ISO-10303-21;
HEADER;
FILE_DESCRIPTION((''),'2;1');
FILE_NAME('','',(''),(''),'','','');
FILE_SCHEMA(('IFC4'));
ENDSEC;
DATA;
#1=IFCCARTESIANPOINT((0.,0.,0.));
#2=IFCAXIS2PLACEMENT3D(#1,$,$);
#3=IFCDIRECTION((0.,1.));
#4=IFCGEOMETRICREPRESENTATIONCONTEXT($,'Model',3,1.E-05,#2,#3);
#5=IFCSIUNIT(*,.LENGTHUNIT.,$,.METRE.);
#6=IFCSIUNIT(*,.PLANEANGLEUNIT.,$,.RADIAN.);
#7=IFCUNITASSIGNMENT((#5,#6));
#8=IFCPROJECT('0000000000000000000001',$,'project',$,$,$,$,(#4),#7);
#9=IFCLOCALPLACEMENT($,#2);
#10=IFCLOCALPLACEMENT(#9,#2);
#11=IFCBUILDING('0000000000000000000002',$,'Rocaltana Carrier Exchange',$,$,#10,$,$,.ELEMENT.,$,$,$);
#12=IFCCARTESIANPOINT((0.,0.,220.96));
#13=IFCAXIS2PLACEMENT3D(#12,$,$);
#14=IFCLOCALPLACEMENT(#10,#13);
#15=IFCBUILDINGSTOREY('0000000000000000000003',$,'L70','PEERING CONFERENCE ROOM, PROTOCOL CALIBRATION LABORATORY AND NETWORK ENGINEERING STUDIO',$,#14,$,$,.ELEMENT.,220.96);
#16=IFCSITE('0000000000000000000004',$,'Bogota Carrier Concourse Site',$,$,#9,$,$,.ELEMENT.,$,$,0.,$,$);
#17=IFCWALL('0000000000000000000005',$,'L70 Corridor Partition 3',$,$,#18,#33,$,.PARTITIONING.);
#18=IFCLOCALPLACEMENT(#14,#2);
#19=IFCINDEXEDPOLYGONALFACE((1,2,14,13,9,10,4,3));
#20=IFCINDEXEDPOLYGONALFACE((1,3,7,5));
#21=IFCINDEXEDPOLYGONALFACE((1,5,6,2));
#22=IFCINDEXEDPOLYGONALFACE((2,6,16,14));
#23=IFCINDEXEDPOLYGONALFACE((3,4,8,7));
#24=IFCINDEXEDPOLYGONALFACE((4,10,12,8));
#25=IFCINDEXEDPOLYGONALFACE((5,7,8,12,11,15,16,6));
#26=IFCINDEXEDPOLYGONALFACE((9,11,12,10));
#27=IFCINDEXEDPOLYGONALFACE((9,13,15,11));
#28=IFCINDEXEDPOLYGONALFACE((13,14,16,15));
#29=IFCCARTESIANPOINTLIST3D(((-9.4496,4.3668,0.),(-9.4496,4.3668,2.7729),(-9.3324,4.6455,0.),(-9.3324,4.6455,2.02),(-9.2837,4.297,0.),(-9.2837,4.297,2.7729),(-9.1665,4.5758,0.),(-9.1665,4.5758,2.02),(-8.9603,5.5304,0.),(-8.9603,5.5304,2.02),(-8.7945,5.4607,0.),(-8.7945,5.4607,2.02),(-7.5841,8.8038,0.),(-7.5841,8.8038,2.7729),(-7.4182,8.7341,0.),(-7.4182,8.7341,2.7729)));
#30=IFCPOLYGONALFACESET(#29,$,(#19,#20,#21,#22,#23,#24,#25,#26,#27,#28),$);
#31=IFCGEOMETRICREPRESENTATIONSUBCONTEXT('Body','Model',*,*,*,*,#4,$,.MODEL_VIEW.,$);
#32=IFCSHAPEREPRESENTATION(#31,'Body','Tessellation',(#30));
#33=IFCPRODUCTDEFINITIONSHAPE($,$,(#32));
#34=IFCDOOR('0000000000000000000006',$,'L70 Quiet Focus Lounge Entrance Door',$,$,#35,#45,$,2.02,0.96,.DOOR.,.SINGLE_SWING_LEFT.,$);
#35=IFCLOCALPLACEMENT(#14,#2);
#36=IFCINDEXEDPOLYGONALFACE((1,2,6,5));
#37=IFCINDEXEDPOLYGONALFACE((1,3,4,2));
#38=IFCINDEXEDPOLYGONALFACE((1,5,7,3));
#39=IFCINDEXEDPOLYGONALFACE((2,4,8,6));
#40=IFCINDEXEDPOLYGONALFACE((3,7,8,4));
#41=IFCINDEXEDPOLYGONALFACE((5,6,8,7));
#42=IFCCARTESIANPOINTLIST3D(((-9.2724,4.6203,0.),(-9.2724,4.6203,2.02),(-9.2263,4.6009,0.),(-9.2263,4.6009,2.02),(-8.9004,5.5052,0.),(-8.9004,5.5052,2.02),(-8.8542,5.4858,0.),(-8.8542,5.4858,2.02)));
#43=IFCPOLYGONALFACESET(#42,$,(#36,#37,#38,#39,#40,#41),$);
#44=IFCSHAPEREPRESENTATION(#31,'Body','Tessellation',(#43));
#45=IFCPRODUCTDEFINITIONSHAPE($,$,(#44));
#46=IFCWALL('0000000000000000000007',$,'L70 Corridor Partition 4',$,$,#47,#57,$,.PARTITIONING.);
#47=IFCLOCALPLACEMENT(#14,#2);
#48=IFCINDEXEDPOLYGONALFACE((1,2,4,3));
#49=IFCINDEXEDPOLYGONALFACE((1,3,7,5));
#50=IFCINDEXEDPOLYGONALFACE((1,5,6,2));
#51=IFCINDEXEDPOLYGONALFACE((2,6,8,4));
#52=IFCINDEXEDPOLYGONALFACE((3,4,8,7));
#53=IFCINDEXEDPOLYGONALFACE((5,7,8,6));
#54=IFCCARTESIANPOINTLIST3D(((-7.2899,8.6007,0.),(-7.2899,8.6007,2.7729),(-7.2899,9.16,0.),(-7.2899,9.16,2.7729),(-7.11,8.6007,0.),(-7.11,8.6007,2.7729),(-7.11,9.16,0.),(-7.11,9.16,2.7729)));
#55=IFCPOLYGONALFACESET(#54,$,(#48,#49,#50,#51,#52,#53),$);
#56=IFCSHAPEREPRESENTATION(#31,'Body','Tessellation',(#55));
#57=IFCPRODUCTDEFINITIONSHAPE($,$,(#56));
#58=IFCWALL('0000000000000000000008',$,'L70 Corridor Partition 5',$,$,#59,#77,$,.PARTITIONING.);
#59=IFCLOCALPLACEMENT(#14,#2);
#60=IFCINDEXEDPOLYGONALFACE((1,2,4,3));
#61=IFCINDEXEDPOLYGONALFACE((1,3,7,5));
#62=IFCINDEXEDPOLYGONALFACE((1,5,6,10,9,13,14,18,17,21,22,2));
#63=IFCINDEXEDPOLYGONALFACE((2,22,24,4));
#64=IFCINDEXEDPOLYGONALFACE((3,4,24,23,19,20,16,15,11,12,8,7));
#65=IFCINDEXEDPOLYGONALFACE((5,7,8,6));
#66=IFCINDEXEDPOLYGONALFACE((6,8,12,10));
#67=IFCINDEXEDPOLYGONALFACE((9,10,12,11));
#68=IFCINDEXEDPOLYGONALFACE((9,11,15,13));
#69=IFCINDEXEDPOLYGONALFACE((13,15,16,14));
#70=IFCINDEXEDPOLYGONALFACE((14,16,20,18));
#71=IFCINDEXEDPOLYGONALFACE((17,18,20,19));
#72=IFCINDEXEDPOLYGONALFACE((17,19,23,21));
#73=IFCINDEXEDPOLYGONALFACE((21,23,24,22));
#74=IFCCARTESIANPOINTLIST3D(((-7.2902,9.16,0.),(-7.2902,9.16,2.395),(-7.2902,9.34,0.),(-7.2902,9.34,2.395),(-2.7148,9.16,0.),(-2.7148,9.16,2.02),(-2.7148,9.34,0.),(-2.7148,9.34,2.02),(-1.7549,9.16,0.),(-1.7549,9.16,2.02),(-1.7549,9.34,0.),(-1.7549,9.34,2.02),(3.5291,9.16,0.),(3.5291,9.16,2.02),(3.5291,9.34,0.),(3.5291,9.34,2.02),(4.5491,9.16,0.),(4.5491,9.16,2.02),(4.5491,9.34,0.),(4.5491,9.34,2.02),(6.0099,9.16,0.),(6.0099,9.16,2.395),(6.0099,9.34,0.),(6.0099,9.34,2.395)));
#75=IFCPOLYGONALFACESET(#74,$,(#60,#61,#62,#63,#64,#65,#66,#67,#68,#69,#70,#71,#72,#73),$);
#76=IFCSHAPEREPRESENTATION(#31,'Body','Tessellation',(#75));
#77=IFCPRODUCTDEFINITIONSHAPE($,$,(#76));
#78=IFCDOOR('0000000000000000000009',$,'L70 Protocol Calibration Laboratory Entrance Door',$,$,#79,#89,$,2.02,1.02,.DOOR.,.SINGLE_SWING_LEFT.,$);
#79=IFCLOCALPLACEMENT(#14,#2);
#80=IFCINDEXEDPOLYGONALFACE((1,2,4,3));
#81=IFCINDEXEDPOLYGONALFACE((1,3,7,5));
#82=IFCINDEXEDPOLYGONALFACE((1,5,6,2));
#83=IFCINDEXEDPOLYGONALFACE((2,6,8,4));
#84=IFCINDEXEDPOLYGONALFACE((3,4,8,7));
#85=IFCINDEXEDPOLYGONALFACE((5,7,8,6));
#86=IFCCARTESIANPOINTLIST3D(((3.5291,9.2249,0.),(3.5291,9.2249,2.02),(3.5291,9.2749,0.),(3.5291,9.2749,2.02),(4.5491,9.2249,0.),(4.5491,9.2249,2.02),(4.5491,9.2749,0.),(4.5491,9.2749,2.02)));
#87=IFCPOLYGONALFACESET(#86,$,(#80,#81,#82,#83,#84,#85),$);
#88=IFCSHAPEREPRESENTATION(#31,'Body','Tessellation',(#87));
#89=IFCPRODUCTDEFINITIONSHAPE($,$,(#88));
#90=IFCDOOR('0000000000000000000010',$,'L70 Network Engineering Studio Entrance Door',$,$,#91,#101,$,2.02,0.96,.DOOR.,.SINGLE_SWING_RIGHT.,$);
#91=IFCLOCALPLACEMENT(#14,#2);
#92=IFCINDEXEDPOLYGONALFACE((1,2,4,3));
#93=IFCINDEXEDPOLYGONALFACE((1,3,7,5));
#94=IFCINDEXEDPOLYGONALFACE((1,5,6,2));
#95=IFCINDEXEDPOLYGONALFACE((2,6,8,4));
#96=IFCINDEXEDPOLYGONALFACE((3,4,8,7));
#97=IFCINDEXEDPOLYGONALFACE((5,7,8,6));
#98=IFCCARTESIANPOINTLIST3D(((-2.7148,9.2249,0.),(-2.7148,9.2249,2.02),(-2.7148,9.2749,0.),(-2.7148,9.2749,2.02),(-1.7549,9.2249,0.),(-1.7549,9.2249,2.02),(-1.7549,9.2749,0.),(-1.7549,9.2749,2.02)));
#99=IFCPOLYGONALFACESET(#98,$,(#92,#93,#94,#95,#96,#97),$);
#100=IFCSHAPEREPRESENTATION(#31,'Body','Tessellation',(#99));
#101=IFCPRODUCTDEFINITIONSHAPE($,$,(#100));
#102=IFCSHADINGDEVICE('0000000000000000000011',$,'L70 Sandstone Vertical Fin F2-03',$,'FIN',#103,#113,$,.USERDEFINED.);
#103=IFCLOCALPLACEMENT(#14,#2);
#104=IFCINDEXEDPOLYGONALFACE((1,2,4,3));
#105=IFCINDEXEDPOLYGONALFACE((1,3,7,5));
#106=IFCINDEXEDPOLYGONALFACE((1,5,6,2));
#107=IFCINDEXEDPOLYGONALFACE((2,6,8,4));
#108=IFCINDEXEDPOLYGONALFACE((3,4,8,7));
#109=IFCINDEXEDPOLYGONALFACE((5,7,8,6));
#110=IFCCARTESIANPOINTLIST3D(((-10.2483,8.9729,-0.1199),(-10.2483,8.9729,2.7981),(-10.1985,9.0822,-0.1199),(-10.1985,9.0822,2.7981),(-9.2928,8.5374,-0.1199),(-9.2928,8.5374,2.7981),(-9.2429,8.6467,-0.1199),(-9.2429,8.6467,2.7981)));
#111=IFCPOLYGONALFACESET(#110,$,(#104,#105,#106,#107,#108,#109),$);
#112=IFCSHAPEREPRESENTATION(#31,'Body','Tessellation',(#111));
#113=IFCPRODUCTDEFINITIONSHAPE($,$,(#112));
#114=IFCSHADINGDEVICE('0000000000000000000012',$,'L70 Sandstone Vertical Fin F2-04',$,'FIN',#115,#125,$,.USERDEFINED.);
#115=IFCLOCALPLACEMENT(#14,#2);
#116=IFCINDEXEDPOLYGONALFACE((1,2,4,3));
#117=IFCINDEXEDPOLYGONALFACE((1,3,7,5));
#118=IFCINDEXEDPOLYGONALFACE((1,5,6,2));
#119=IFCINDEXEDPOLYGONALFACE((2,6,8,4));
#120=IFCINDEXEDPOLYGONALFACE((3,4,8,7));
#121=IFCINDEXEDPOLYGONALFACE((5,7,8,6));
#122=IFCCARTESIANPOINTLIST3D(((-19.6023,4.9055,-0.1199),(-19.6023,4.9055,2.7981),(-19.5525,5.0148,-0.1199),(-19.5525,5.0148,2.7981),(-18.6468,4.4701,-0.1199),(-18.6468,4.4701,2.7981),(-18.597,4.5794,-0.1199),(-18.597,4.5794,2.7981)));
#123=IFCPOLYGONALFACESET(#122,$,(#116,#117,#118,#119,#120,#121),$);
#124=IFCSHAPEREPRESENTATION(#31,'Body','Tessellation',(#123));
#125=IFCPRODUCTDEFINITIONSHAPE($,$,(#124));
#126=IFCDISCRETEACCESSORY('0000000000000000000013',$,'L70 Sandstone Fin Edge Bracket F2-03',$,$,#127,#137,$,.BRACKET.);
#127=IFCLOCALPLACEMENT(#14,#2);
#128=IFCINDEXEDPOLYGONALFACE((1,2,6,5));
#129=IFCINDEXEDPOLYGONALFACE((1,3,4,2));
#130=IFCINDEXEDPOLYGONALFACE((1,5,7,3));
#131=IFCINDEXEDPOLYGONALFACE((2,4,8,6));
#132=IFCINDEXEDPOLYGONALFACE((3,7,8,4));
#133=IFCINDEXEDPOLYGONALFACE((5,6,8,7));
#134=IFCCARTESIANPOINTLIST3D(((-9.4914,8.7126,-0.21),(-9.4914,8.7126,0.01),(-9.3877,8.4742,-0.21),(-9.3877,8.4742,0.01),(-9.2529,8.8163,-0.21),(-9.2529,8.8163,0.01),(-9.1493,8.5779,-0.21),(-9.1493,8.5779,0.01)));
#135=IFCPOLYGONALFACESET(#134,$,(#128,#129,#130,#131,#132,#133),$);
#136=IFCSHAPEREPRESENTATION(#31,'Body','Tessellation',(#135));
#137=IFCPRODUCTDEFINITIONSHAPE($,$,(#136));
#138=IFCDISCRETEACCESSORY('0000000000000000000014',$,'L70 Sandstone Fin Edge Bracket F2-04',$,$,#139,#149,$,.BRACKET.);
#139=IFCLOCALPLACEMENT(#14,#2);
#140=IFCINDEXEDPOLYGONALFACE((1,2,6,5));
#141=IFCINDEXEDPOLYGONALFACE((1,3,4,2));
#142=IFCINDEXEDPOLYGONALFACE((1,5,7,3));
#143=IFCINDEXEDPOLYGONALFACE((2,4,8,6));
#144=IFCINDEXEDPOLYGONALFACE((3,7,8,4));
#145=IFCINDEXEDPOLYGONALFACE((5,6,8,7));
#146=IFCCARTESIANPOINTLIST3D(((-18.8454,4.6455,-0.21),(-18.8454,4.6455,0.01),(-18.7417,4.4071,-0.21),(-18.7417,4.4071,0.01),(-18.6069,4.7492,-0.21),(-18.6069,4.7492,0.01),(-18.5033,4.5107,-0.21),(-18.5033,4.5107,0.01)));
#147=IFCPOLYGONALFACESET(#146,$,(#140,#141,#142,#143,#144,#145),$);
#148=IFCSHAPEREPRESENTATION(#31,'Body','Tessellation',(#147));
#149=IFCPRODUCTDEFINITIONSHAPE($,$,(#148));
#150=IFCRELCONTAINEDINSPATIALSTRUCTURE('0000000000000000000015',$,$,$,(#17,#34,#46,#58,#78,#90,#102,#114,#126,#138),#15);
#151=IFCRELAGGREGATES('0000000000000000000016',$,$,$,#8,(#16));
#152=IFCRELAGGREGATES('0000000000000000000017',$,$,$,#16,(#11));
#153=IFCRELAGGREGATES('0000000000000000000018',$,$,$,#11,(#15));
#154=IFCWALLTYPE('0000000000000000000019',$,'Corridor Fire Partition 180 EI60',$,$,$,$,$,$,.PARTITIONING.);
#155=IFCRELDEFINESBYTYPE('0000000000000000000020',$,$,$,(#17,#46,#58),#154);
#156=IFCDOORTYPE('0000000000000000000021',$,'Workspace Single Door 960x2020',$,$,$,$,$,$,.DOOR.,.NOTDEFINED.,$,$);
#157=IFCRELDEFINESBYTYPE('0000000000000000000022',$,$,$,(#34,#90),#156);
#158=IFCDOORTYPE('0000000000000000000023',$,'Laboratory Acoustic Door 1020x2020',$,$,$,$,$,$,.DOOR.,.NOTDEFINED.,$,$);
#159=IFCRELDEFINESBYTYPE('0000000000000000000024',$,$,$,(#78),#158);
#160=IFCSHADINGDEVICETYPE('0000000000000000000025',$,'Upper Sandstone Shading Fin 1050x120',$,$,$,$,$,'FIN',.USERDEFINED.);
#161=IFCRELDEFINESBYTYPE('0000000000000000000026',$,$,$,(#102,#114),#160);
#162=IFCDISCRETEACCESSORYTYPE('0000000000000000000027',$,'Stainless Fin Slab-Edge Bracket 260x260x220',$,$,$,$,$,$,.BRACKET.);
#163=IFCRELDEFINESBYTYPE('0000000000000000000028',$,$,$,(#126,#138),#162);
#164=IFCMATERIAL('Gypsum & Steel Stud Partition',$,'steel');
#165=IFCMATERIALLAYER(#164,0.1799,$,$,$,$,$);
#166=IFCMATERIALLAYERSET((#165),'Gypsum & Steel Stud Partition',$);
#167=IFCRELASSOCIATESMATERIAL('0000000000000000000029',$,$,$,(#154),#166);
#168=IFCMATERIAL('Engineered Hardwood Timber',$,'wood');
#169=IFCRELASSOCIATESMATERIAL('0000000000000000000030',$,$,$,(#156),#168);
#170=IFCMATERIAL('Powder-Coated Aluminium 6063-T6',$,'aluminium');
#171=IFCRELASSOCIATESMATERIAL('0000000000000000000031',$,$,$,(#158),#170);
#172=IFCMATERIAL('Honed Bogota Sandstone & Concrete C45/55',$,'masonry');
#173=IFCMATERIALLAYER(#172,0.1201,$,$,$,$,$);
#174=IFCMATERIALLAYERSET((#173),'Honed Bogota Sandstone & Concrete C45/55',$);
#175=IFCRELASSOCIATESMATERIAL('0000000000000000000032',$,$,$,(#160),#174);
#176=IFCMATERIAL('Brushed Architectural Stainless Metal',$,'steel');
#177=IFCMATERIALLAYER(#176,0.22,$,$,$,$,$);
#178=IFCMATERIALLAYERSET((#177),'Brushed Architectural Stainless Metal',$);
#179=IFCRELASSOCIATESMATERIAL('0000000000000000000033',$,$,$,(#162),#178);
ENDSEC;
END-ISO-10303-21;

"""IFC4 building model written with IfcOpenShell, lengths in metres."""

from ifc_helpers import new_model, si_unit, direction, frame, frame_2d, origin, origin_2d, place, context, subcontext, project, spatial, rectangle, extrude, material, layer, layer_set, type_object, element, fill, save


model = new_model("IFC4")

# Units and contexts
model_context = context("Model", 3, precision=1e-05, world=origin(), true_north=direction((0.0, 1.0)))
body_context = subcontext(model_context, "Body", "Model", "MODEL_VIEW")
ifc_project = project(units=[si_unit("LENGTHUNIT", "METRE"), si_unit("PLANEANGLEUNIT", "RADIAN")], contexts=[model_context])

# Site, building, storey
site_placement = place(None, origin())
site = spatial("IfcSite", under=ifc_project, at=site_placement, Name="Bogota Carrier Concourse Site", CompositionType="ELEMENT", RefElevation=0.0)
building_placement = place(site_placement, origin())
building = spatial("IfcBuilding", under=site, at=building_placement, Name="Rocaltana Carrier Exchange", CompositionType="ELEMENT")
storey_placement = place(building_placement, frame((0.0, 0.0, 220.96)))
storey = spatial("IfcBuildingStorey", under=building, at=storey_placement, Name="L70", Description="PEERING CONFERENCE ROOM, PROTOCOL CALIBRATION LABORATORY AND NETWORK ENGINEERING STUDIO", CompositionType="ELEMENT", Elevation=220.96)

# Wall, opening, door
ifc_material_1 = material(Name="Gypsum & Steel Stud Partition", Category="steel")
ifc_layer_1 = layer(ifc_material_1, 0.1799)
ifc_layer_set_1 = layer_set([ifc_layer_1], Name="Gypsum & Steel Stud Partition")
wall_type_1 = type_object("IfcWallType", Name="Corridor Fire Partition 180 EI60", PredefinedType="PARTITIONING", material=ifc_layer_set_1)
wall_1_placement = place(storey_placement, frame((-9.3667, 4.3318, 0.0), z_axis=(0.0, 0.0, 1.0), x_axis=(0.387574, 0.921839, 0.0)))
wall_1 = element("IfcWall", 1, at=wall_1_placement, inside=storey, type_object=wall_type_1, Name="L70 Corridor Partition 3", PredefinedType="PARTITIONING", context=body_context, shape_type="SweptSolid", body=[
    extrude(rectangle(XDim=4.8132, YDim=0.1799, at=frame_2d((2.4067, 0.0))), origin(), (0.0, 0.0, 1.0), 2.7729),
])
opening_1_placement = place(wall_1_placement, frame((0.3025, 0.0, 0.0)))
opening_1 = element("IfcOpeningElement", 2, at=opening_1_placement, cuts=wall_1, PredefinedType="OPENING", context=body_context, shape_type="SweptSolid", body=[
    extrude(rectangle(XDim=0.96, YDim=2.02, at=frame_2d((0.48, 1.01))), frame((0.0, 0.0999, 0.0), z_axis=(0.0, -1.0, 0.0), x_axis=(1.0, 0.0, 0.0)), (0.0, 0.0, 1.0), 0.2),
])
ifc_material_2 = material(Name="Engineered Hardwood Timber", Category="wood")
door_type_1 = type_object("IfcDoorType", Name="Workspace Single Door 960x2020", OperationType="NOTDEFINED", PredefinedType="DOOR", material=ifc_material_2)
door_1_placement = place(opening_1_placement, origin())
door_1 = element("IfcDoor", 3, at=door_1_placement, inside=storey, type_object=door_type_1, Name="L70 Quiet Focus Lounge Entrance Door", OperationType="SINGLE_SWING_LEFT", OverallHeight=2.02, OverallWidth=0.96, PredefinedType="DOOR", context=body_context, shape_type="SweptSolid", body=[
    extrude(rectangle(XDim=0.96, YDim=2.02, at=frame_2d((0.48, 1.01))), frame((0.0, 0.0249, 0.0), z_axis=(0.0, -1.0, 0.0), x_axis=(1.0, 0.0, 0.0)), (0.0, 0.0, 1.0), 0.05),
])
fill(opening_1, door_1)

# Wall
wall_2_placement = place(storey_placement, frame((-7.2, 8.6006, 0.0), z_axis=(0.0, 0.0, 1.0), x_axis=(0.0, 1.0, 0.0)))
element("IfcWall", 4, at=wall_2_placement, inside=storey, type_object=wall_type_1, Name="L70 Corridor Partition 4", PredefinedType="PARTITIONING", context=body_context, shape_type="SweptSolid", body=[
    extrude(rectangle(XDim=0.5593, YDim=0.1799, at=frame_2d((0.2798, 0.0))), origin(), (0.0, 0.0, 1.0), 2.7729),
])

# Wall, openings, doors
wall_3_placement = place(storey_placement, frame((-7.29, 9.25, 0.0), z_axis=(0.0, 0.0, 1.0), x_axis=(1.0, 0.0, 0.0)))
wall_3 = element("IfcWall", 5, at=wall_3_placement, inside=storey, type_object=wall_type_1, Name="L70 Corridor Partition 5", PredefinedType="PARTITIONING", context=body_context, shape_type="SweptSolid", body=[
    extrude(rectangle(XDim=13.3, YDim=0.1799, at=frame_2d((6.6499, 0.0))), origin(), (0.0, 0.0, 1.0), 2.395),
])
opening_2_placement = place(wall_3_placement, frame((10.8191, 0.0, 0.0)))
opening_2 = element("IfcOpeningElement", 6, at=opening_2_placement, cuts=wall_3, PredefinedType="OPENING", context=body_context, shape_type="SweptSolid", body=[
    extrude(rectangle(XDim=1.02, YDim=2.02, at=frame_2d((0.51, 1.01))), frame((0.0, 0.0999, 0.0), z_axis=(0.0, -1.0, 0.0), x_axis=(1.0, 0.0, 0.0)), (0.0, 0.0, 1.0), 0.2),
])
opening_3_placement = place(wall_3_placement, frame((4.5752, 0.0, 0.0)))
opening_3 = element("IfcOpeningElement", 7, at=opening_3_placement, cuts=wall_3, PredefinedType="OPENING", context=body_context, shape_type="SweptSolid", body=[
    extrude(rectangle(XDim=0.96, YDim=2.02, at=frame_2d((0.48, 1.01))), frame((0.0, 0.0999, 0.0), z_axis=(0.0, -1.0, 0.0), x_axis=(1.0, 0.0, 0.0)), (0.0, 0.0, 1.0), 0.2),
])
ifc_material_3 = material(Name="Powder-Coated Aluminium 6063-T6", Category="aluminium")
door_type_2 = type_object("IfcDoorType", Name="Laboratory Acoustic Door 1020x2020", OperationType="NOTDEFINED", PredefinedType="DOOR", material=ifc_material_3)
door_2_placement = place(opening_2_placement, origin())
door_2 = element("IfcDoor", 8, at=door_2_placement, inside=storey, type_object=door_type_2, Name="L70 Protocol Calibration Laboratory Entrance Door", OperationType="SINGLE_SWING_LEFT", OverallHeight=2.02, OverallWidth=1.02, PredefinedType="DOOR", context=body_context, shape_type="SweptSolid", body=[
    extrude(rectangle(XDim=1.02, YDim=2.02, at=frame_2d((0.51, 1.01))), frame((0.0, 0.0249, 0.0), z_axis=(0.0, -1.0, 0.0), x_axis=(1.0, 0.0, 0.0)), (0.0, 0.0, 1.0), 0.05),
])
fill(opening_2, door_2)
door_3_placement = place(opening_3_placement, origin())
door_3 = element("IfcDoor", 9, at=door_3_placement, inside=storey, type_object=door_type_1, Name="L70 Network Engineering Studio Entrance Door", OperationType="SINGLE_SWING_RIGHT", OverallHeight=2.02, OverallWidth=0.96, PredefinedType="DOOR", context=body_context, shape_type="SweptSolid", body=[
    extrude(rectangle(XDim=0.96, YDim=2.02, at=frame_2d((0.48, 1.01))), frame((0.0, 0.0249, 0.0), z_axis=(0.0, -1.0, 0.0), x_axis=(1.0, 0.0, 0.0)), (0.0, 0.0, 1.0), 0.05),
])
fill(opening_3, door_3)

# Shading devices
ifc_material_4 = material(Name="Honed Bogota Sandstone & Concrete C45/55", Category="masonry")
ifc_layer_2 = layer(ifc_material_4, 0.1201)
ifc_layer_set_2 = layer_set([ifc_layer_2], Name="Honed Bogota Sandstone & Concrete C45/55")
shading_device_type = type_object("IfcShadingDeviceType", Name="Upper Sandstone Shading Fin 1050x120", ElementType="FIN", PredefinedType="USERDEFINED", material=ifc_layer_set_2)
for number, where, z_axis, x_axis, name in (
    (10, (-9.7456, 8.8098, -0.1199), (0.0, 0.0, 1.0), (-0.909961, 0.414693, 0.0), "L70 Sandstone Vertical Fin F2-03"),
    (11, (-19.0996, 4.7424, -0.1199), (0.0, 0.0, 1.0), (-0.909961, 0.414693, 0.0), "L70 Sandstone Vertical Fin F2-04"),
):
    element("IfcShadingDevice", number, at=place(storey_placement, frame(where, z_axis=z_axis, x_axis=x_axis)), inside=storey, type_object=shading_device_type, Name=name, ObjectType="FIN", PredefinedType="USERDEFINED", context=body_context, shape_type="SweptSolid", body=[
        extrude(rectangle(XDim=1.05, YDim=0.1201, at=origin_2d()), origin(), (0.0, 0.0, 1.0), 2.918),
    ])

# Discrete accessories
ifc_material_5 = material(Name="Brushed Architectural Stainless Metal", Category="steel")
ifc_layer_3 = layer(ifc_material_5, 0.22)
ifc_layer_set_3 = layer_set([ifc_layer_3], Name="Brushed Architectural Stainless Metal")
discrete_accessory_type = type_object("IfcDiscreteAccessoryType", Name="Stainless Fin Slab-Edge Bracket 260x260x220", PredefinedType="BRACKET", material=ifc_layer_set_3)
for number, where, z_axis, x_axis, name in (
    (12, (-9.3203, 8.6453, -0.21), (0.0, 0.0, 1.0), (-0.91706, -0.398749, 0.0), "L70 Sandstone Fin Edge Bracket F2-03"),
    (13, (-18.6743, 4.5781, -0.21), (0.0, 0.0, 1.0), (-0.91706, -0.398749, 0.0), "L70 Sandstone Fin Edge Bracket F2-04"),
):
    element("IfcDiscreteAccessory", number, at=place(storey_placement, frame(where, z_axis=z_axis, x_axis=x_axis)), inside=storey, type_object=discrete_accessory_type, Name=name, PredefinedType="BRACKET", context=body_context, shape_type="SweptSolid", body=[
        extrude(rectangle(XDim=0.26, YDim=0.26, at=origin_2d()), origin(), (0.0, 0.0, 1.0), 0.22),
    ])

save(model, "model.ifc")
